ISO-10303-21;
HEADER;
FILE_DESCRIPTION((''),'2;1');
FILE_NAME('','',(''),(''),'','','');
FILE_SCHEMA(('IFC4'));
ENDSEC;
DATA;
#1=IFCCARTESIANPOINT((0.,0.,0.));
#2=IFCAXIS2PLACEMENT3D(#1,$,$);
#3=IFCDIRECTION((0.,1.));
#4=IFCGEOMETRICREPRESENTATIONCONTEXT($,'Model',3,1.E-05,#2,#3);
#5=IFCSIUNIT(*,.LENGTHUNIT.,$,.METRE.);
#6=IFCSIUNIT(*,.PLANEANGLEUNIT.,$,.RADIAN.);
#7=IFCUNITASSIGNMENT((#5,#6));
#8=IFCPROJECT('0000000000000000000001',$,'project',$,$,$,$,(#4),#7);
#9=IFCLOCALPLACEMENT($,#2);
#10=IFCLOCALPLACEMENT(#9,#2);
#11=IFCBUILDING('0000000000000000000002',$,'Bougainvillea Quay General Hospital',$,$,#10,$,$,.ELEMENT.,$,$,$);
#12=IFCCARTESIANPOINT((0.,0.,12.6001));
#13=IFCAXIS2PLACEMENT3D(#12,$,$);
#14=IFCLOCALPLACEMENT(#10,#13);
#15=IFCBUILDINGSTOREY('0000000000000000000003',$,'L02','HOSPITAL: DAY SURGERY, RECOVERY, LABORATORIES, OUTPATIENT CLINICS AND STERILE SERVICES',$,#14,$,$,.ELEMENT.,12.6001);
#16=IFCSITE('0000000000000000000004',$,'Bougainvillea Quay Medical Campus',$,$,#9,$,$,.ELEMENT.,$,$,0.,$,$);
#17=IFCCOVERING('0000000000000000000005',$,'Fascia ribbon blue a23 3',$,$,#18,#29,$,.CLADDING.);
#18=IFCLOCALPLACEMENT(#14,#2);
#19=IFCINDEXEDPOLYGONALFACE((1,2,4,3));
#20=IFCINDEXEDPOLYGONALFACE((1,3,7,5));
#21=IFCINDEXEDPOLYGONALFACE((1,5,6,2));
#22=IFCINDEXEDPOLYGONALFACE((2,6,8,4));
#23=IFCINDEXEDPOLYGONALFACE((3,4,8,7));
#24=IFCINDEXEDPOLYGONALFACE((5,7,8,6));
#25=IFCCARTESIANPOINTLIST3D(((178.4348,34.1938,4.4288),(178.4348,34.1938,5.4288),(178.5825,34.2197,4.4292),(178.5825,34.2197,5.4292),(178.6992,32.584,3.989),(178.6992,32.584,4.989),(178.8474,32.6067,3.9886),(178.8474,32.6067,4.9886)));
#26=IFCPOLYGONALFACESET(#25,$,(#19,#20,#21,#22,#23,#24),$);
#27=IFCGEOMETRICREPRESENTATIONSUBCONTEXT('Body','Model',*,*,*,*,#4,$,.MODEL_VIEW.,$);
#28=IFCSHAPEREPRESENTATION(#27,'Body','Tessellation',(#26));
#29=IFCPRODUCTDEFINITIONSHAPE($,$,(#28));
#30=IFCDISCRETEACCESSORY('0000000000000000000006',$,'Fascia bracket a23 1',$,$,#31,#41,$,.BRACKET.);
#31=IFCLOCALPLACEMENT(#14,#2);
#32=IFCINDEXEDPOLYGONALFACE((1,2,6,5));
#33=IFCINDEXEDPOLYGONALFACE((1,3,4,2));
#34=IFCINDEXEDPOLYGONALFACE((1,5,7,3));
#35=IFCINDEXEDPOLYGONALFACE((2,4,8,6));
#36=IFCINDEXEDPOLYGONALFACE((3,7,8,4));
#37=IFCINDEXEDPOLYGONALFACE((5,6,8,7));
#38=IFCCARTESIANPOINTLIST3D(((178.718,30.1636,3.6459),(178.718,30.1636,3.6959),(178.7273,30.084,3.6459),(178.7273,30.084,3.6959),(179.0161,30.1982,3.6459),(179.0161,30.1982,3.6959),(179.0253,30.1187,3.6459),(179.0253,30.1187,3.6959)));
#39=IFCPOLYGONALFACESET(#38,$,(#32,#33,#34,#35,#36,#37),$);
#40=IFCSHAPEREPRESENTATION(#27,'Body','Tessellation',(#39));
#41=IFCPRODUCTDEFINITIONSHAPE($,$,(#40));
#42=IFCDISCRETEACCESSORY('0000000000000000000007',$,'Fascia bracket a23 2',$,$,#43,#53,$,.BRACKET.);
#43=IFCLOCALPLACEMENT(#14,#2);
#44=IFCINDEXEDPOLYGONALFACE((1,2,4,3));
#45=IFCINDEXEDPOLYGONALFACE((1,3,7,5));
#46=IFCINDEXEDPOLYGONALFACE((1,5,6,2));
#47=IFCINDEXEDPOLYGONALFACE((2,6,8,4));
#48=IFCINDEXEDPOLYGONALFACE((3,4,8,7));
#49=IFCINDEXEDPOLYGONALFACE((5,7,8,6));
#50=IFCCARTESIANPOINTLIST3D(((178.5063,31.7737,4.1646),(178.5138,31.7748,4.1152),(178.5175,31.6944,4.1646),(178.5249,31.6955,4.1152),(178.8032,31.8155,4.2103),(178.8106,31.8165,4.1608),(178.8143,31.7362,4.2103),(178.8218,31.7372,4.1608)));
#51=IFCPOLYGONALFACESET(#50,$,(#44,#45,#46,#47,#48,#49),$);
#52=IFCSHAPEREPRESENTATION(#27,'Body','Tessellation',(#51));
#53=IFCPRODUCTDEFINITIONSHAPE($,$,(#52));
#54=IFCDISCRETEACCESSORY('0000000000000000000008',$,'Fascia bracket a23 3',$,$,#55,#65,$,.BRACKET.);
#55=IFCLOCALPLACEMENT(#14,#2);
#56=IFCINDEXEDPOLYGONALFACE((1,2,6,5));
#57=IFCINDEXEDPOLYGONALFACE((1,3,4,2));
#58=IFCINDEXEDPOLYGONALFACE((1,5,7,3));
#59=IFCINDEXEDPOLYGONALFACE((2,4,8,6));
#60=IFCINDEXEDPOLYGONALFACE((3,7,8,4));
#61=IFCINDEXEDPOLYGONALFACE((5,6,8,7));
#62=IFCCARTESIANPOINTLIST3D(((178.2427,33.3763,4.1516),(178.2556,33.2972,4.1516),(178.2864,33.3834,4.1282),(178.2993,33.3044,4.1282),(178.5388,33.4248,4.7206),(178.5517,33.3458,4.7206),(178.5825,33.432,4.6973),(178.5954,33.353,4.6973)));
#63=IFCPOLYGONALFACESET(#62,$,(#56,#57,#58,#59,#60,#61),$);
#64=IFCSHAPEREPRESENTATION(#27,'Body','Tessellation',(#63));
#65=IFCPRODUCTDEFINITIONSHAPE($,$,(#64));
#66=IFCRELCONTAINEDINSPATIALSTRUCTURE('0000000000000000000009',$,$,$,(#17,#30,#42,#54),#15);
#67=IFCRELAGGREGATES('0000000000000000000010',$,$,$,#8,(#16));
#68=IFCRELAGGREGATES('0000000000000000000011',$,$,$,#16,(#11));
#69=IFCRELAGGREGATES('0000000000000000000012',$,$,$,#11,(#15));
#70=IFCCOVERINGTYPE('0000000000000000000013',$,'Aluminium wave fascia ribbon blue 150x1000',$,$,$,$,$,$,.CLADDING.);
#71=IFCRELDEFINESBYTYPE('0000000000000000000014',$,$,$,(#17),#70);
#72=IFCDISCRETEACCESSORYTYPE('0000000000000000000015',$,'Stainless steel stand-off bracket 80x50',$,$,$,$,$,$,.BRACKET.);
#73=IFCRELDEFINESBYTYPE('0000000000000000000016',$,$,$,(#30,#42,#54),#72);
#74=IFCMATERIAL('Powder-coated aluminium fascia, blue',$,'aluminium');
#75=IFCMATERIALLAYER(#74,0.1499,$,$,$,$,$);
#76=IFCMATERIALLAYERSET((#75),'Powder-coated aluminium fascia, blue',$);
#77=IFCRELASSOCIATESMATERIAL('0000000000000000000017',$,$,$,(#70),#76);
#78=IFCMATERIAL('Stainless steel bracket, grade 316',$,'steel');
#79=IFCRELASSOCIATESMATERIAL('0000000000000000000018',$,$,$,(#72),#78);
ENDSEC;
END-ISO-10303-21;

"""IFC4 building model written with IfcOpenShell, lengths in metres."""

from ifc_helpers import new_model, si_unit, direction, frame, origin, origin_2d, place, context, subcontext, project, spatial, polyline, rectangle, outline, extrude, material, layer, layer_set, material_profile, profile_set, type_object, element, save


model = new_model("IFC4")

# Units and contexts
model_context = context("Model", 3, precision=1e-05, world=origin(), true_north=direction((0.0, 1.0)))
body_context = subcontext(model_context, "Body", "Model", "MODEL_VIEW")
ifc_project = project(units=[si_unit("LENGTHUNIT", "METRE"), si_unit("PLANEANGLEUNIT", "RADIAN")], contexts=[model_context])

# Site, building, storey
site_placement = place(None, origin())
site = spatial("IfcSite", under=ifc_project, at=site_placement, Name="Bougainvillea Quay Medical Campus", CompositionType="ELEMENT", RefElevation=0.0)
building_placement = place(site_placement, origin())
building = spatial("IfcBuilding", under=site, at=building_placement, Name="Bougainvillea Quay General Hospital", CompositionType="ELEMENT")
storey_placement = place(building_placement, frame((0.0, 0.0, 12.6001)))
storey = spatial("IfcBuildingStorey", under=building, at=storey_placement, Name="L02", Description="HOSPITAL: DAY SURGERY, RECOVERY, LABORATORIES, OUTPATIENT CLINICS AND STERILE SERVICES", CompositionType="ELEMENT", Elevation=12.6001)

# Covering
ifc_material_1 = material(Name="Powder-coated aluminium fascia, blue", Category="aluminium")
ifc_layer_1 = layer(ifc_material_1, 0.1499)
ifc_layer_set_1 = layer_set([ifc_layer_1], Name="Powder-coated aluminium fascia, blue")
covering_type = type_object("IfcCoveringType", Name="Aluminium wave fascia ribbon blue 150x1000", PredefinedType="CLADDING", material=ifc_layer_set_1)
covering_1_placement = place(storey_placement, frame((178.6992, 32.584, 3.989), z_axis=(0.042168, -0.256822, 0.965538), x_axis=(-0.156484, 0.952773, 0.260261)))
element("IfcCovering", 1, at=covering_1_placement, inside=storey, type_object=covering_type, Name="Fascia ribbon blue a23 3", PredefinedType="CLADDING", context=body_context, shape_type="SweptSolid", body=[
    extrude(outline(polyline([(0.0, 0.0), (1.6896, 0.0), (1.6913, -0.1499), (-0.0017, -0.1499), (0.0, 0.0)])), origin(), (0.260261, -0.000012, 0.965538), 1.0),
])

# Discrete accessories
ifc_material_2 = material(Name="Stainless steel bracket, grade 316", Category="steel")
ifc_material_profile_1 = material_profile(ifc_material_2, rectangle(XDim=0.0801, YDim=0.05, at=origin_2d()))
ifc_profile_set_1 = profile_set([ifc_material_profile_1], Name="Stainless steel bracket, grade 316")
discrete_accessory_type = type_object("IfcDiscreteAccessoryType", Name="Stainless steel stand-off bracket 80x50", PredefinedType="BRACKET", material=ifc_profile_set_1)
discrete_accessory_1_placement = place(storey_placement, frame((178.7227, 30.1238, 3.6709), z_axis=(0.993305, 0.11552, 0.0), x_axis=(-0.11552, 0.993305, 0.0)))
element("IfcDiscreteAccessory", 2, at=discrete_accessory_1_placement, inside=storey, type_object=discrete_accessory_type, Name="Fascia bracket a23 1", PredefinedType="BRACKET", context=body_context, shape_type="SweptSolid", body=[
    extrude(rectangle(XDim=0.0801, YDim=0.05, at=origin_2d()), origin(), (0.0, 0.0, 1.0), 0.3),
])
discrete_accessory_2_placement = place(storey_placement, frame((178.5156, 31.7346, 4.1399), z_axis=(0.97897, 0.137668, 0.150549), x_axis=(-0.139255, 0.990257, 0.0)))
element("IfcDiscreteAccessory", 3, at=discrete_accessory_2_placement, inside=storey, type_object=discrete_accessory_type, Name="Fascia bracket a23 2", PredefinedType="BRACKET", context=body_context, shape_type="SweptSolid", body=[
    extrude(rectangle(XDim=0.0801, YDim=0.05, at=origin_2d()), origin(), (0.0, 0.0, 1.0), 0.3032),
])
discrete_accessory_3_placement = place(storey_placement, frame((178.271, 33.3403, 4.1399), z_axis=(0.460298, 0.075515, 0.884547), x_axis=(-0.161892, 0.986808, 0.0)))
element("IfcDiscreteAccessory", 4, at=discrete_accessory_3_placement, inside=storey, type_object=discrete_accessory_type, Name="Fascia bracket a23 3", PredefinedType="BRACKET", context=body_context, shape_type="SweptSolid", body=[
    extrude(rectangle(XDim=0.0801, YDim=0.05, at=origin_2d()), origin(), (0.0, 0.0, 1.0), 0.6433),
])

save(model, "model.ifc")
